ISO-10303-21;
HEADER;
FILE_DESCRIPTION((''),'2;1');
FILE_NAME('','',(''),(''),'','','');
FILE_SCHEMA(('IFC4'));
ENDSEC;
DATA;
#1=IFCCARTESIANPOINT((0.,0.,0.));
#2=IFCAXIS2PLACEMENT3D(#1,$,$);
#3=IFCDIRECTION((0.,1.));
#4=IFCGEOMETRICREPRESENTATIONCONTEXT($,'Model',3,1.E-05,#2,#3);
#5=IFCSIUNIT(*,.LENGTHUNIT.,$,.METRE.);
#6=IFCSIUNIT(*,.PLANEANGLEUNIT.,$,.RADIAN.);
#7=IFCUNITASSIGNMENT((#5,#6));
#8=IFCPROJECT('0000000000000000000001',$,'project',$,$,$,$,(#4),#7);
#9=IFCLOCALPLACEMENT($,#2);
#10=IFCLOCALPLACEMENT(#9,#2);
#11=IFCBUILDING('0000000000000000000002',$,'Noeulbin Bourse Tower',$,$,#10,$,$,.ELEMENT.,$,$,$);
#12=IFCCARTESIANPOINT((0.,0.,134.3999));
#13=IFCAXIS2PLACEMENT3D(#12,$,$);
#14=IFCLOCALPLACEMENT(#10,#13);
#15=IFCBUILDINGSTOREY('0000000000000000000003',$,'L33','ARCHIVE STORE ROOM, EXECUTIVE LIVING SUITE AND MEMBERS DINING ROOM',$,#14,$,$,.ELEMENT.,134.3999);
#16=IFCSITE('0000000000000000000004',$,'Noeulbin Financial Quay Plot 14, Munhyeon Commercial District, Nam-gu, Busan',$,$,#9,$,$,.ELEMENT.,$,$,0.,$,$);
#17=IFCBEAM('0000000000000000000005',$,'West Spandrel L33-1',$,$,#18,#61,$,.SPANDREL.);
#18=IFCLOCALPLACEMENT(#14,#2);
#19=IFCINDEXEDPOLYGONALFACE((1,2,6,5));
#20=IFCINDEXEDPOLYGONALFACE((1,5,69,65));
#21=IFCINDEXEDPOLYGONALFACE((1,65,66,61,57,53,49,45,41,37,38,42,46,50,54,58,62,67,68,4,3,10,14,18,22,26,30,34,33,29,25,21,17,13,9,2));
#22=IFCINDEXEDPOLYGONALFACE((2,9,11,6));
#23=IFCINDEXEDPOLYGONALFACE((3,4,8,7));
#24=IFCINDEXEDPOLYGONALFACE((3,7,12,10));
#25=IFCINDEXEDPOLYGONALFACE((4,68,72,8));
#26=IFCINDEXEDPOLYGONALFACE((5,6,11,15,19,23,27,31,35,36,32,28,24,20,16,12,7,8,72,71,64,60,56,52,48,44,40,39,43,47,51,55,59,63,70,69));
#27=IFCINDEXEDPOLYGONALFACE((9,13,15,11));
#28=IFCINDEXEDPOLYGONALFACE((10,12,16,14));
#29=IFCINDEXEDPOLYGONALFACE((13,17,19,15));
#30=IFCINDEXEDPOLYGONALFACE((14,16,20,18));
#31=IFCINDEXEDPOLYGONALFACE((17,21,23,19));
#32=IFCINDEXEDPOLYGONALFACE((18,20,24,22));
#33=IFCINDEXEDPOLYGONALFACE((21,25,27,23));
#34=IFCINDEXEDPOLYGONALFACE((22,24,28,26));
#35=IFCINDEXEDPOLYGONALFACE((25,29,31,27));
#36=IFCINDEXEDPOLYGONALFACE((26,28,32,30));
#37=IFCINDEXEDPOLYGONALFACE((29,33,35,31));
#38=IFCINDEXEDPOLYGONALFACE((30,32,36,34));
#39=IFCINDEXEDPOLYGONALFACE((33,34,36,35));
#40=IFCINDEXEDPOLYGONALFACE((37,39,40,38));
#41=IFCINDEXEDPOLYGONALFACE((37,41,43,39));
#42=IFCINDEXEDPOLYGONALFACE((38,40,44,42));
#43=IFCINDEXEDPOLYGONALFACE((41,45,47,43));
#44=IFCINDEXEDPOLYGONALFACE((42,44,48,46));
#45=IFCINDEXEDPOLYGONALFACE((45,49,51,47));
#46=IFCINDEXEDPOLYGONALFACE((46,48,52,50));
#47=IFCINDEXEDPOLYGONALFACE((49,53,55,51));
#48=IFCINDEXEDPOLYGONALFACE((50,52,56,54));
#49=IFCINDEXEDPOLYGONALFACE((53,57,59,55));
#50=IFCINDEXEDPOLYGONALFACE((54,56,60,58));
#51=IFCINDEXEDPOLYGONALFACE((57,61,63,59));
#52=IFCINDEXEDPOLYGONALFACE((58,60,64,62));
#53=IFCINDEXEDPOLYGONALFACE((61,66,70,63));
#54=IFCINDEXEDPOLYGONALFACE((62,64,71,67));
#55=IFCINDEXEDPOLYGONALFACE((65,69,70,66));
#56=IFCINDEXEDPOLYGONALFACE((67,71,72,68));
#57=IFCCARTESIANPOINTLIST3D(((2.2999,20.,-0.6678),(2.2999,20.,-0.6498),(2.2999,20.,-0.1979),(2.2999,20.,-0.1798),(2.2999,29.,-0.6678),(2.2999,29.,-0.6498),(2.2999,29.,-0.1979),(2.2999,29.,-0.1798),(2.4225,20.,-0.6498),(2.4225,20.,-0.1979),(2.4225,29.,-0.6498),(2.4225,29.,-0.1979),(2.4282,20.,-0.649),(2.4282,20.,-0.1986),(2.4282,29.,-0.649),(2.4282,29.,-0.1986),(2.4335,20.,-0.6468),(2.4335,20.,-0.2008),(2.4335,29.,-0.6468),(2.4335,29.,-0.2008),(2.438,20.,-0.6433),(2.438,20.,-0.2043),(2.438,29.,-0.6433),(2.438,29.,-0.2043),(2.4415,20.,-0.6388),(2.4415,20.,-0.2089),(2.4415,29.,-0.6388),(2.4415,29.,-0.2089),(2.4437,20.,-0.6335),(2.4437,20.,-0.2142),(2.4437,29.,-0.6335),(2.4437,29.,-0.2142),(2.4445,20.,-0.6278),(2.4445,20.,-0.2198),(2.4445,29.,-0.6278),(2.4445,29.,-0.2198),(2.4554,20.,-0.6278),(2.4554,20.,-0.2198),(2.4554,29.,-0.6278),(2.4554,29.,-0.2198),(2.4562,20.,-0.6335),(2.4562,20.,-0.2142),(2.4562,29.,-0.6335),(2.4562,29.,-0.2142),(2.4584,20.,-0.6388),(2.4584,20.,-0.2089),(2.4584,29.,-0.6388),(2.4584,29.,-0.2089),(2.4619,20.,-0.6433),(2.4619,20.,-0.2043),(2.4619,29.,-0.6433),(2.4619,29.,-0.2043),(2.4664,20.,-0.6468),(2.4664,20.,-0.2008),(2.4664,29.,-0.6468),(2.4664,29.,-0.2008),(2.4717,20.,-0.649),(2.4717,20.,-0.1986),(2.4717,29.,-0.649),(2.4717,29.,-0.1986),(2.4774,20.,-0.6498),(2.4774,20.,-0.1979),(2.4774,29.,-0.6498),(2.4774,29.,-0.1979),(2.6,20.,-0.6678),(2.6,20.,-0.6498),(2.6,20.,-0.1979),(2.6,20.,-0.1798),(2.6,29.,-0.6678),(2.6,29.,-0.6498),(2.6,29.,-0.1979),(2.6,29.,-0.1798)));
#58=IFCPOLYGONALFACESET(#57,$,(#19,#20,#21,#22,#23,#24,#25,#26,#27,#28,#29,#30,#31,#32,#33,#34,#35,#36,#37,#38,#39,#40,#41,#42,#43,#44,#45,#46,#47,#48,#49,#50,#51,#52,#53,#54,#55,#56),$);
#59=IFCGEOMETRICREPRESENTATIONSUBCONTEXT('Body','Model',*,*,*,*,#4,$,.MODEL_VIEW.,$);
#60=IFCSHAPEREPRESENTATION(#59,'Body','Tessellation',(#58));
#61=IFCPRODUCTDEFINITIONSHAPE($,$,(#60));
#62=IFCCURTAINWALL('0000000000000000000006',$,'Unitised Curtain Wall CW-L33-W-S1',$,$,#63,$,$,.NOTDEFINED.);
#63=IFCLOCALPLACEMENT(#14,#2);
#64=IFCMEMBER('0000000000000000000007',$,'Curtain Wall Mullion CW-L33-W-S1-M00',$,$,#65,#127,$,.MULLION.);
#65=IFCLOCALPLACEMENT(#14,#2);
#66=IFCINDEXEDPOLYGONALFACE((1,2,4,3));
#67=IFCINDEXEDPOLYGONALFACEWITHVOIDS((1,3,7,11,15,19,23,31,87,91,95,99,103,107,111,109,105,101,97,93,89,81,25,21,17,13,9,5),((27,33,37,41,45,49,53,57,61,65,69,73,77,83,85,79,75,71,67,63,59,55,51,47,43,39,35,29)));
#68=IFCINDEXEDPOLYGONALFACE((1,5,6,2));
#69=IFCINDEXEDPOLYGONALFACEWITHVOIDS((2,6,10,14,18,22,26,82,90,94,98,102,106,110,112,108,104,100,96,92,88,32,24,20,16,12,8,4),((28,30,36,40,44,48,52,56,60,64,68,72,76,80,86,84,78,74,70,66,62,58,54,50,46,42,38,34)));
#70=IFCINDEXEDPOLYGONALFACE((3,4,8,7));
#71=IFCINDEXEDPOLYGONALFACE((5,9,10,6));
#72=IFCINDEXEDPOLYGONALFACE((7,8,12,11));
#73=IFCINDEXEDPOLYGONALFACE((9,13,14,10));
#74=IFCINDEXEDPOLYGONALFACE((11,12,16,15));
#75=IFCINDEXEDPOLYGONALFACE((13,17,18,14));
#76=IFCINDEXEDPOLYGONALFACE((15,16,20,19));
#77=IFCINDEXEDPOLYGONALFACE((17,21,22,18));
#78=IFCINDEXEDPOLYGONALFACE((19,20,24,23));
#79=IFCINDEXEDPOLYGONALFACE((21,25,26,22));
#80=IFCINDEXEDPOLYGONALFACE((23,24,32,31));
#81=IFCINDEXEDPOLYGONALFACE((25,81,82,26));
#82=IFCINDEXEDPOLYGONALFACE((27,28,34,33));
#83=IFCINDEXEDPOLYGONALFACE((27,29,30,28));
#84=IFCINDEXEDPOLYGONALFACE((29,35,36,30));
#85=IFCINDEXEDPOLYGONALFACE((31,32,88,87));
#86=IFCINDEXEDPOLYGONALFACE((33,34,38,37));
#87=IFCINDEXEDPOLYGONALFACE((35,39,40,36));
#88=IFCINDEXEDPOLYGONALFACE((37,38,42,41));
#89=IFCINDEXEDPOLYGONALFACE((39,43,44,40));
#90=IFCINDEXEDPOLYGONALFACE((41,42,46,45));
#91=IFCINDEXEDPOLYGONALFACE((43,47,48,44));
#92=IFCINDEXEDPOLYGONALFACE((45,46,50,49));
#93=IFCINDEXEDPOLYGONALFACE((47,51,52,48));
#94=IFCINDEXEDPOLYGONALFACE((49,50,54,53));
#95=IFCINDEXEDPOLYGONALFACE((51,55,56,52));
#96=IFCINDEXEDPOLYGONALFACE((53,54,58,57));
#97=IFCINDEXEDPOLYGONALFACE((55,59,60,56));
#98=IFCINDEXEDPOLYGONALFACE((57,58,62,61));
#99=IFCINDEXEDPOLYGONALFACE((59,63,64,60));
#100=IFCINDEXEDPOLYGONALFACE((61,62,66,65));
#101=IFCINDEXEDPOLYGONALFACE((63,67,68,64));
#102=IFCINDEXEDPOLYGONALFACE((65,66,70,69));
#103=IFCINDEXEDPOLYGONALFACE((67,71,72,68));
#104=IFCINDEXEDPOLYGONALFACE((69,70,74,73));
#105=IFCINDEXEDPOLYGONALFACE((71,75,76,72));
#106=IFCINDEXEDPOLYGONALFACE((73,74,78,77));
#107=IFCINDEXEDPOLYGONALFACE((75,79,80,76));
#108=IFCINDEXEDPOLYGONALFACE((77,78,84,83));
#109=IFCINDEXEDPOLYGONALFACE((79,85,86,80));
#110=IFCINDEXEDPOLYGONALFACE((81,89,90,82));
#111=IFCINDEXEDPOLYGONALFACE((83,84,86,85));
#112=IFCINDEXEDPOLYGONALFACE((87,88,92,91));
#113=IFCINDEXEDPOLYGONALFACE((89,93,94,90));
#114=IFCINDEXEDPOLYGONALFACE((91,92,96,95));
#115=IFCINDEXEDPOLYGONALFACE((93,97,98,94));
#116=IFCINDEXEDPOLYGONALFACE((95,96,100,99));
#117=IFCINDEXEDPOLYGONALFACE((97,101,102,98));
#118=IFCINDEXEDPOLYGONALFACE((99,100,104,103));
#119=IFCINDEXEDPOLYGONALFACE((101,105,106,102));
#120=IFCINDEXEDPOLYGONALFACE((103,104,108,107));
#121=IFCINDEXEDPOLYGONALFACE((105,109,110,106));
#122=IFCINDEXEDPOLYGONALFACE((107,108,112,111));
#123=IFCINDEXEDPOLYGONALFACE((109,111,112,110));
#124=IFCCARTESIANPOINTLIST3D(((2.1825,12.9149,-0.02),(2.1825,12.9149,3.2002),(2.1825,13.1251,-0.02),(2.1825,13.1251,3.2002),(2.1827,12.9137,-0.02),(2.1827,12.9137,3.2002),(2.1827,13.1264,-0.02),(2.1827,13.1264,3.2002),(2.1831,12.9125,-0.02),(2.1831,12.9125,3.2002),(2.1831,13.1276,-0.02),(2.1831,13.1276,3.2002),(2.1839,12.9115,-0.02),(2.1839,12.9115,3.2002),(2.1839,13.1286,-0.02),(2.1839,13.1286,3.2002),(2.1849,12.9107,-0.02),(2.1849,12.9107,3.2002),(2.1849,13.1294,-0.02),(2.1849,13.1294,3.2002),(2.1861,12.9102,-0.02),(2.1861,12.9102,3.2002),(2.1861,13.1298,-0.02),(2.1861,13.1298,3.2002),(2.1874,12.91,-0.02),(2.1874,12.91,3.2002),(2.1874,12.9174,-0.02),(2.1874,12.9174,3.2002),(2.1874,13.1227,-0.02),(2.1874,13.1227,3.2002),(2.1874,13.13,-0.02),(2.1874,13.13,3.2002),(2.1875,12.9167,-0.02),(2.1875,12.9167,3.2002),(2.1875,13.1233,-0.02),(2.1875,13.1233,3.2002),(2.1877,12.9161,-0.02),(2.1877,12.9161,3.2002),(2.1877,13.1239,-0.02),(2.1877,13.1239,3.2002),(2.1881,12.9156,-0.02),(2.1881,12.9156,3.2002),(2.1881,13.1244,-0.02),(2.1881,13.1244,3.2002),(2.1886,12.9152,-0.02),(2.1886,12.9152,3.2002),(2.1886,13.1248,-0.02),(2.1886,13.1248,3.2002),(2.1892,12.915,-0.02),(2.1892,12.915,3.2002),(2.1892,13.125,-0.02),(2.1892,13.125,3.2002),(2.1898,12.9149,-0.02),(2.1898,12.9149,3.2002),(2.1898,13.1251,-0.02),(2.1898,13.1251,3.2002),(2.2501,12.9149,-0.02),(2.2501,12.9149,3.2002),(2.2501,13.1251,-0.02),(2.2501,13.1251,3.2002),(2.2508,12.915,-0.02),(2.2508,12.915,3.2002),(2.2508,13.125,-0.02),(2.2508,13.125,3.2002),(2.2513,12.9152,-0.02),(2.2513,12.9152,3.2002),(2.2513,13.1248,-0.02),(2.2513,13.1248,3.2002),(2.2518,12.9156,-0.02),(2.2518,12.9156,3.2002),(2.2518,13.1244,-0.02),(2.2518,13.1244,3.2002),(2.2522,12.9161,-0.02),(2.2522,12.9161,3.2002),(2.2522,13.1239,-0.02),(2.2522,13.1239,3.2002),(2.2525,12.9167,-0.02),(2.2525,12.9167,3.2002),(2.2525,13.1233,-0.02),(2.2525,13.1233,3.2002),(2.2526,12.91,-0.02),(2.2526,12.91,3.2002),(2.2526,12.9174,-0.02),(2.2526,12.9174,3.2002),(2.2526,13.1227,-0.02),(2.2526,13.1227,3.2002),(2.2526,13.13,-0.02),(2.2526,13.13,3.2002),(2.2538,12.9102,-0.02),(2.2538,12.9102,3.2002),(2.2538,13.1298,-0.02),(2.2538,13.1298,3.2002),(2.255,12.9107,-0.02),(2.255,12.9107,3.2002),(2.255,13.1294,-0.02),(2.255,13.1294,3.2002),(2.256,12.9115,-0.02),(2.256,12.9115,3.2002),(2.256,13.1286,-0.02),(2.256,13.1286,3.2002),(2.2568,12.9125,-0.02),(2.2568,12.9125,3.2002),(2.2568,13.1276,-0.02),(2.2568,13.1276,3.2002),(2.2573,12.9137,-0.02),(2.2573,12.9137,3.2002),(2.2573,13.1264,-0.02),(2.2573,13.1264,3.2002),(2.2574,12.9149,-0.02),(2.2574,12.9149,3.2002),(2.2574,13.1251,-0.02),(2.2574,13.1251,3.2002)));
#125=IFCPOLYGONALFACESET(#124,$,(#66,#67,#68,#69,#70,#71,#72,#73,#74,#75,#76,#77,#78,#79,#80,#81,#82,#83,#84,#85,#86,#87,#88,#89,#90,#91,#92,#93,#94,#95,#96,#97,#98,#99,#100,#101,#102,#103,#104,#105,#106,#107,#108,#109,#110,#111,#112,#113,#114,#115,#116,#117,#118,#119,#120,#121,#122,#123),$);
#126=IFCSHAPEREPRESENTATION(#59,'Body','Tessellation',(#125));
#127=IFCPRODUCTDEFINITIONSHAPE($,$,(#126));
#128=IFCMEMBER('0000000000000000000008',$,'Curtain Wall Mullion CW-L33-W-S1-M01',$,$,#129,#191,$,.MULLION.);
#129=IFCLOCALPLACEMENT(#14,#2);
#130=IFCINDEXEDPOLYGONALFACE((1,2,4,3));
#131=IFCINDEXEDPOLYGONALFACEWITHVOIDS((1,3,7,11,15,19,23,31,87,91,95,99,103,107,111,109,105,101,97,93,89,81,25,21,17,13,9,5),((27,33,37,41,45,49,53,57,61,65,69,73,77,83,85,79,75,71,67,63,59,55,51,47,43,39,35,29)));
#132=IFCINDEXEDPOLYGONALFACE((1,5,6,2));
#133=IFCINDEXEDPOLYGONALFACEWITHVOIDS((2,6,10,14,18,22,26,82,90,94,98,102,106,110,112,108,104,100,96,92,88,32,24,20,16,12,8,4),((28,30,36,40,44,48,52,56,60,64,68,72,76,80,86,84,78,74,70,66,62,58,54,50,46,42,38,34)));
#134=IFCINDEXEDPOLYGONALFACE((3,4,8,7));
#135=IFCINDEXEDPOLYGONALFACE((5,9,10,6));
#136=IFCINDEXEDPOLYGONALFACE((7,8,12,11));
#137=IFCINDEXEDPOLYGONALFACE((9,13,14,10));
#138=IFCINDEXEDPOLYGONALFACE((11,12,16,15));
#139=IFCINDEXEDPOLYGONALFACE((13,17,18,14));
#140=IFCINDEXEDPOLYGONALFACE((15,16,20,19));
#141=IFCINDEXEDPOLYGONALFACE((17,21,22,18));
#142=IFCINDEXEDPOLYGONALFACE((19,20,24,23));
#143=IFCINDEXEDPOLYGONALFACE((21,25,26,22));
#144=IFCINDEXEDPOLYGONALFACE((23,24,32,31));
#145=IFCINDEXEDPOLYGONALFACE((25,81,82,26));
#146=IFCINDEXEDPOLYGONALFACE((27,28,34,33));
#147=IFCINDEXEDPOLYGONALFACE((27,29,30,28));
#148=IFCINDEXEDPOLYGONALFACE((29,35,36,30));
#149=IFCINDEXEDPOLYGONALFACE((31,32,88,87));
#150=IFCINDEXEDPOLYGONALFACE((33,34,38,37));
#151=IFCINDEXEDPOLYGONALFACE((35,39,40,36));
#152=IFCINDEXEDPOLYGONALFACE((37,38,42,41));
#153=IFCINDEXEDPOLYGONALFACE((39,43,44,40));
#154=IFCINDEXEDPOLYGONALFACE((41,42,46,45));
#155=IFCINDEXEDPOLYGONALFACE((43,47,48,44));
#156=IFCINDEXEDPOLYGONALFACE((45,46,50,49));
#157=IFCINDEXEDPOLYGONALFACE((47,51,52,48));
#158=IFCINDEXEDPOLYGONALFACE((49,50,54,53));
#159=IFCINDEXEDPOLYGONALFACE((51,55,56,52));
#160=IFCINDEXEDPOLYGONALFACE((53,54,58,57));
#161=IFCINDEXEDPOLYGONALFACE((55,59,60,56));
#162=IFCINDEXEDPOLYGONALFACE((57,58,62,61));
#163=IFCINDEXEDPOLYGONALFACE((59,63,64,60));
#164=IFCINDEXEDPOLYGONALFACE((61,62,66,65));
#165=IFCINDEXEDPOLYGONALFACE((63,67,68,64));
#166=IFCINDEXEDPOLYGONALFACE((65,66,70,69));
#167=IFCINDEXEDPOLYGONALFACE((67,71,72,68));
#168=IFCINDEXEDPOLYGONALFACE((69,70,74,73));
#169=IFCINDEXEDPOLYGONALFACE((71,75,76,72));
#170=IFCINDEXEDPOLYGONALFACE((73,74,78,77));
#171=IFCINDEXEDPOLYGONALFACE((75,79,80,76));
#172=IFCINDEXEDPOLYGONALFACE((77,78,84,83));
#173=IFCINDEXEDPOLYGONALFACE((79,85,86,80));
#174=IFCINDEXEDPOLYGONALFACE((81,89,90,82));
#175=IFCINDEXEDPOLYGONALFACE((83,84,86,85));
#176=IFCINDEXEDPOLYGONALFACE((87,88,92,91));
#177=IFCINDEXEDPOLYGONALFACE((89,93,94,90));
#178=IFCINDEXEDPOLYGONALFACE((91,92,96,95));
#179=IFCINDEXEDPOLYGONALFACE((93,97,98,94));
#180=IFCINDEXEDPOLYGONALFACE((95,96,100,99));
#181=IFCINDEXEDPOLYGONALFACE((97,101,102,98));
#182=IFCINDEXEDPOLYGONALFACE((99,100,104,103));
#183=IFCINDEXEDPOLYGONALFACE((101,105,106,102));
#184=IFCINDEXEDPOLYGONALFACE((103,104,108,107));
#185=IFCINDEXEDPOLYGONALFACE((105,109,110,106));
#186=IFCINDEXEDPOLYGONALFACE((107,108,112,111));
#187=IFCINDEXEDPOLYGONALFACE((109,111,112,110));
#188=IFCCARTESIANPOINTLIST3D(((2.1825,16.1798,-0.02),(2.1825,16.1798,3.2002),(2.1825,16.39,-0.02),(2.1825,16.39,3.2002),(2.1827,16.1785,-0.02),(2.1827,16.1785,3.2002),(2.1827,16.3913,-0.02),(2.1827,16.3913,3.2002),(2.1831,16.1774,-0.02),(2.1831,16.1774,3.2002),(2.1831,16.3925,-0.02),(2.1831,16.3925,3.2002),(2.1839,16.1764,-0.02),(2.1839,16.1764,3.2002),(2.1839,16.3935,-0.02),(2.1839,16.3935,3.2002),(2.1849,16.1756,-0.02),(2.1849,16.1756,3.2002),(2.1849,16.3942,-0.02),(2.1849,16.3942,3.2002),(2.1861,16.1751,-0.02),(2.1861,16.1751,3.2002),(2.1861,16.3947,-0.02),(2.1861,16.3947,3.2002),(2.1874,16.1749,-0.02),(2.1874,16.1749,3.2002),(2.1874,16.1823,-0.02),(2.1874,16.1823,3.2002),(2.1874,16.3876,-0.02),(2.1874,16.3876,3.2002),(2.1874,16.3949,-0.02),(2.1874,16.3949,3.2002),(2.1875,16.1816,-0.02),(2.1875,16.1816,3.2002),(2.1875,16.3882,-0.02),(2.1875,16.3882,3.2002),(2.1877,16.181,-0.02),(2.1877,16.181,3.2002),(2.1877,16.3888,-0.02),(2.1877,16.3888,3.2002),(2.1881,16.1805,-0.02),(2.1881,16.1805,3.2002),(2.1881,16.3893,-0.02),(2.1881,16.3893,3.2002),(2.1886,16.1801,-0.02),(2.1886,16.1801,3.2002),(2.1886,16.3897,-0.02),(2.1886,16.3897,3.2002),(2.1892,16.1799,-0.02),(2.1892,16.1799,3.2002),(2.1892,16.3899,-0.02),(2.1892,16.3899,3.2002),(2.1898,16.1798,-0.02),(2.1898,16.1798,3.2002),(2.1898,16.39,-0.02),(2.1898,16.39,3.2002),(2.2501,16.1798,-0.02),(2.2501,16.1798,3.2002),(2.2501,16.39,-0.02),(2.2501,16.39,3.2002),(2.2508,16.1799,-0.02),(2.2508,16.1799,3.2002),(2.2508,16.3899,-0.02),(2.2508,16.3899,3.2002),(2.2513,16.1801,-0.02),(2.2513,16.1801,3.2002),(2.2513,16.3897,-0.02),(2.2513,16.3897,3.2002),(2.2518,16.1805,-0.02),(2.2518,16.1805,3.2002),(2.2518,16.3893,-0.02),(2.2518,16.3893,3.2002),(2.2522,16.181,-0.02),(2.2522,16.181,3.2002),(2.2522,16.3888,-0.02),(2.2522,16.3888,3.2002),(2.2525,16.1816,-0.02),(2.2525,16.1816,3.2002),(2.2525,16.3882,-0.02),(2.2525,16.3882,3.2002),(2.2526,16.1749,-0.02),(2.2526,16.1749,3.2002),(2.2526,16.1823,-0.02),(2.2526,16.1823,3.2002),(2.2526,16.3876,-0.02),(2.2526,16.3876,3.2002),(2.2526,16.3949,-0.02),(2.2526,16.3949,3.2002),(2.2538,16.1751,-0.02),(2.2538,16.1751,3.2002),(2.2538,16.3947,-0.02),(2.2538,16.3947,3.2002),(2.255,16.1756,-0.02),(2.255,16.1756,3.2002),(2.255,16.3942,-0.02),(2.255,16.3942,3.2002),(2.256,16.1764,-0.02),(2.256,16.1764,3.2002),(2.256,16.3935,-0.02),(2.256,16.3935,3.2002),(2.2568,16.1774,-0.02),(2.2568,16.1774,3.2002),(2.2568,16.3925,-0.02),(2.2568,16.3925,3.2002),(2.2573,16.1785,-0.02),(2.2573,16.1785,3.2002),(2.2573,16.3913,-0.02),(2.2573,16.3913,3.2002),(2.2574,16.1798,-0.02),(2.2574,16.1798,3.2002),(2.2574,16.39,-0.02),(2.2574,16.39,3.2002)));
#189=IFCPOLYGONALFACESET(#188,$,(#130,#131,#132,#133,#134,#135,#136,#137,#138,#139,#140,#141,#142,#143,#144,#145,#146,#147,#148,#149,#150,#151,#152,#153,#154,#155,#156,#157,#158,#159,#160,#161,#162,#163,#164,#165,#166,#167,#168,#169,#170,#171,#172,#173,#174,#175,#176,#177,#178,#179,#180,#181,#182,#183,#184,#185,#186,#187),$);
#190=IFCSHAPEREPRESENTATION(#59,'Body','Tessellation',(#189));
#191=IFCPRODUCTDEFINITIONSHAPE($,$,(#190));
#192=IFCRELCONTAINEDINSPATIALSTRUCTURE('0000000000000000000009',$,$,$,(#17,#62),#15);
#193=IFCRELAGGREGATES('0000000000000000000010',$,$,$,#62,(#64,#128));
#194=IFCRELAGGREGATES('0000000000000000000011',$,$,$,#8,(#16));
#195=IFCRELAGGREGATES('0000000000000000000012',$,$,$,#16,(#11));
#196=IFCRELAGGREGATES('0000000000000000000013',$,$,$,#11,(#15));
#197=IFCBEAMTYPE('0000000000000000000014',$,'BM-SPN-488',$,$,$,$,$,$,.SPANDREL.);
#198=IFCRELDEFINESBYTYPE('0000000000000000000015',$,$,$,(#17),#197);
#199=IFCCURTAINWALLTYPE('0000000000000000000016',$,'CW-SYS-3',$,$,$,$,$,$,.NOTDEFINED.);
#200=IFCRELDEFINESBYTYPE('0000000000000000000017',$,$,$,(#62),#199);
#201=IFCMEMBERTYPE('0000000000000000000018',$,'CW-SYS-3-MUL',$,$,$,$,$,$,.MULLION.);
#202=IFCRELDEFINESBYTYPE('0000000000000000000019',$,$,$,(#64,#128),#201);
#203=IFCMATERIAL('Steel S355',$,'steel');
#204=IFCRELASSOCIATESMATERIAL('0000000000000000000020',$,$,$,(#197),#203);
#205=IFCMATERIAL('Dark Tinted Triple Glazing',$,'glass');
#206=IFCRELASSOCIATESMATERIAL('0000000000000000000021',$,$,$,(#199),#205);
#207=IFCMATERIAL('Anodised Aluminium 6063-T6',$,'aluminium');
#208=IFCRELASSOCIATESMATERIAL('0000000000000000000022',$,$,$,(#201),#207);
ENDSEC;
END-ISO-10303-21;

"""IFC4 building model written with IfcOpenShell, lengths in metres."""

from ifc_helpers import new_model, si_unit, direction, frame, origin, origin_2d, place, context, subcontext, project, spatial, hollow_rectangle, i_section, extrude, material, material_profile, profile_set, type_object, element, aggregate, save


model = new_model("IFC4")

# Units and contexts
model_context = context("Model", 3, precision=1e-05, world=origin(), true_north=direction((0.0, 1.0)))
body_context = subcontext(model_context, "Body", "Model", "MODEL_VIEW")
ifc_project = project(units=[si_unit("LENGTHUNIT", "METRE"), si_unit("PLANEANGLEUNIT", "RADIAN")], contexts=[model_context])

# Site, building, storey
site_placement = place(None, origin())
site = spatial("IfcSite", under=ifc_project, at=site_placement, Name="Noeulbin Financial Quay Plot 14, Munhyeon Commercial District, Nam-gu, Busan", CompositionType="ELEMENT", RefElevation=0.0)
building_placement = place(site_placement, origin())
building = spatial("IfcBuilding", under=site, at=building_placement, Name="Noeulbin Bourse Tower", CompositionType="ELEMENT")
storey_placement = place(building_placement, frame((0.0, 0.0, 134.3999)))
storey = spatial("IfcBuildingStorey", under=building, at=storey_placement, Name="L33", Description="ARCHIVE STORE ROOM, EXECUTIVE LIVING SUITE AND MEMBERS DINING ROOM", CompositionType="ELEMENT", Elevation=134.3999)

# Shared definitions
ifc_material_1 = material(Name="Steel S355", Category="steel")

# Beam
ifc_material_profile_1 = material_profile(ifc_material_1, i_section(OverallWidth=0.3, OverallDepth=0.488, WebThickness=0.011, FlangeThickness=0.0181, FilletRadius=0.022, at=origin_2d()), Name="H-488x300x11x18", Category="LoadBearing")
ifc_profile_set_1 = profile_set([ifc_material_profile_1], Name="Steel S355")
beam_type_1 = type_object("IfcBeamType", Name="BM-SPN-488", PredefinedType="SPANDREL", material=ifc_profile_set_1)
beam_1_placement = place(storey_placement, frame((2.45, 20.0, -0.4238), z_axis=(0.0, 1.0, 0.0), x_axis=(-1.0, 0.0, 0.0)))
element("IfcBeam", 1, at=beam_1_placement, inside=storey, type_object=beam_type_1, Name="West Spandrel L33-1", PredefinedType="SPANDREL", context=body_context, shape_type="SweptSolid", body=[
    extrude(i_section(OverallWidth=0.3, OverallDepth=0.488, WebThickness=0.011, FlangeThickness=0.0181, FilletRadius=0.022, at=origin_2d()), origin(), (0.0, 0.0, 1.0), 9.0),
])

# Curtain wall, members
ifc_material_2 = material(Name="Dark Tinted Triple Glazing", Category="glass")
curtain_wall_type = type_object("IfcCurtainWallType", Name="CW-SYS-3", PredefinedType="NOTDEFINED", material=ifc_material_2)
curtain_wall_placement = place(storey_placement, origin())
curtain_wall = element("IfcCurtainWall", 2, at=curtain_wall_placement, inside=storey, type_object=curtain_wall_type, Name="Unitised Curtain Wall CW-L33-W-S1", PredefinedType="NOTDEFINED")
ifc_material_3 = material(Name="Anodised Aluminium 6063-T6", Category="aluminium")
ifc_material_profile_2 = material_profile(ifc_material_3, hollow_rectangle(XDim=0.075, YDim=0.22, WallThickness=0.0049, InnerFilletRadius=0.0024, OuterFilletRadius=0.0049, at=origin_2d()), Name="ALU-MULL-75x220x5", Category="LoadBearing")
ifc_profile_set_2 = profile_set([ifc_material_profile_2], Name="Anodised Aluminium 6063-T6")
member_type_1 = type_object("IfcMemberType", Name="CW-SYS-3-MUL", PredefinedType="MULLION", material=ifc_profile_set_2)
member_1_placement = place(storey_placement, frame((2.22, 13.02, -0.02), z_axis=(0.0, 0.0, 1.0), x_axis=(1.0, 0.0, 0.0)))
member_1 = element("IfcMember", 3, at=member_1_placement, type_object=member_type_1, Name="Curtain Wall Mullion CW-L33-W-S1-M00", PredefinedType="MULLION", context=body_context, shape_type="SweptSolid", body=[
    extrude(hollow_rectangle(XDim=0.075, YDim=0.22, WallThickness=0.0049, InnerFilletRadius=0.0024, OuterFilletRadius=0.0049, at=origin_2d()), origin(), (0.0, 0.0, 1.0), 3.2202),
])
member_2_placement = place(storey_placement, frame((2.22, 16.2849, -0.02), z_axis=(0.0, 0.0, 1.0), x_axis=(1.0, 0.0, 0.0)))
member_2 = element("IfcMember", 4, at=member_2_placement, type_object=member_type_1, Name="Curtain Wall Mullion CW-L33-W-S1-M01", PredefinedType="MULLION", context=body_context, shape_type="SweptSolid", body=[
    extrude(hollow_rectangle(XDim=0.075, YDim=0.22, WallThickness=0.0049, InnerFilletRadius=0.0024, OuterFilletRadius=0.0049, at=origin_2d()), origin(), (0.0, 0.0, 1.0), 3.2202),
])
aggregate(curtain_wall, [member_1, member_2])

save(model, "model.ifc")
